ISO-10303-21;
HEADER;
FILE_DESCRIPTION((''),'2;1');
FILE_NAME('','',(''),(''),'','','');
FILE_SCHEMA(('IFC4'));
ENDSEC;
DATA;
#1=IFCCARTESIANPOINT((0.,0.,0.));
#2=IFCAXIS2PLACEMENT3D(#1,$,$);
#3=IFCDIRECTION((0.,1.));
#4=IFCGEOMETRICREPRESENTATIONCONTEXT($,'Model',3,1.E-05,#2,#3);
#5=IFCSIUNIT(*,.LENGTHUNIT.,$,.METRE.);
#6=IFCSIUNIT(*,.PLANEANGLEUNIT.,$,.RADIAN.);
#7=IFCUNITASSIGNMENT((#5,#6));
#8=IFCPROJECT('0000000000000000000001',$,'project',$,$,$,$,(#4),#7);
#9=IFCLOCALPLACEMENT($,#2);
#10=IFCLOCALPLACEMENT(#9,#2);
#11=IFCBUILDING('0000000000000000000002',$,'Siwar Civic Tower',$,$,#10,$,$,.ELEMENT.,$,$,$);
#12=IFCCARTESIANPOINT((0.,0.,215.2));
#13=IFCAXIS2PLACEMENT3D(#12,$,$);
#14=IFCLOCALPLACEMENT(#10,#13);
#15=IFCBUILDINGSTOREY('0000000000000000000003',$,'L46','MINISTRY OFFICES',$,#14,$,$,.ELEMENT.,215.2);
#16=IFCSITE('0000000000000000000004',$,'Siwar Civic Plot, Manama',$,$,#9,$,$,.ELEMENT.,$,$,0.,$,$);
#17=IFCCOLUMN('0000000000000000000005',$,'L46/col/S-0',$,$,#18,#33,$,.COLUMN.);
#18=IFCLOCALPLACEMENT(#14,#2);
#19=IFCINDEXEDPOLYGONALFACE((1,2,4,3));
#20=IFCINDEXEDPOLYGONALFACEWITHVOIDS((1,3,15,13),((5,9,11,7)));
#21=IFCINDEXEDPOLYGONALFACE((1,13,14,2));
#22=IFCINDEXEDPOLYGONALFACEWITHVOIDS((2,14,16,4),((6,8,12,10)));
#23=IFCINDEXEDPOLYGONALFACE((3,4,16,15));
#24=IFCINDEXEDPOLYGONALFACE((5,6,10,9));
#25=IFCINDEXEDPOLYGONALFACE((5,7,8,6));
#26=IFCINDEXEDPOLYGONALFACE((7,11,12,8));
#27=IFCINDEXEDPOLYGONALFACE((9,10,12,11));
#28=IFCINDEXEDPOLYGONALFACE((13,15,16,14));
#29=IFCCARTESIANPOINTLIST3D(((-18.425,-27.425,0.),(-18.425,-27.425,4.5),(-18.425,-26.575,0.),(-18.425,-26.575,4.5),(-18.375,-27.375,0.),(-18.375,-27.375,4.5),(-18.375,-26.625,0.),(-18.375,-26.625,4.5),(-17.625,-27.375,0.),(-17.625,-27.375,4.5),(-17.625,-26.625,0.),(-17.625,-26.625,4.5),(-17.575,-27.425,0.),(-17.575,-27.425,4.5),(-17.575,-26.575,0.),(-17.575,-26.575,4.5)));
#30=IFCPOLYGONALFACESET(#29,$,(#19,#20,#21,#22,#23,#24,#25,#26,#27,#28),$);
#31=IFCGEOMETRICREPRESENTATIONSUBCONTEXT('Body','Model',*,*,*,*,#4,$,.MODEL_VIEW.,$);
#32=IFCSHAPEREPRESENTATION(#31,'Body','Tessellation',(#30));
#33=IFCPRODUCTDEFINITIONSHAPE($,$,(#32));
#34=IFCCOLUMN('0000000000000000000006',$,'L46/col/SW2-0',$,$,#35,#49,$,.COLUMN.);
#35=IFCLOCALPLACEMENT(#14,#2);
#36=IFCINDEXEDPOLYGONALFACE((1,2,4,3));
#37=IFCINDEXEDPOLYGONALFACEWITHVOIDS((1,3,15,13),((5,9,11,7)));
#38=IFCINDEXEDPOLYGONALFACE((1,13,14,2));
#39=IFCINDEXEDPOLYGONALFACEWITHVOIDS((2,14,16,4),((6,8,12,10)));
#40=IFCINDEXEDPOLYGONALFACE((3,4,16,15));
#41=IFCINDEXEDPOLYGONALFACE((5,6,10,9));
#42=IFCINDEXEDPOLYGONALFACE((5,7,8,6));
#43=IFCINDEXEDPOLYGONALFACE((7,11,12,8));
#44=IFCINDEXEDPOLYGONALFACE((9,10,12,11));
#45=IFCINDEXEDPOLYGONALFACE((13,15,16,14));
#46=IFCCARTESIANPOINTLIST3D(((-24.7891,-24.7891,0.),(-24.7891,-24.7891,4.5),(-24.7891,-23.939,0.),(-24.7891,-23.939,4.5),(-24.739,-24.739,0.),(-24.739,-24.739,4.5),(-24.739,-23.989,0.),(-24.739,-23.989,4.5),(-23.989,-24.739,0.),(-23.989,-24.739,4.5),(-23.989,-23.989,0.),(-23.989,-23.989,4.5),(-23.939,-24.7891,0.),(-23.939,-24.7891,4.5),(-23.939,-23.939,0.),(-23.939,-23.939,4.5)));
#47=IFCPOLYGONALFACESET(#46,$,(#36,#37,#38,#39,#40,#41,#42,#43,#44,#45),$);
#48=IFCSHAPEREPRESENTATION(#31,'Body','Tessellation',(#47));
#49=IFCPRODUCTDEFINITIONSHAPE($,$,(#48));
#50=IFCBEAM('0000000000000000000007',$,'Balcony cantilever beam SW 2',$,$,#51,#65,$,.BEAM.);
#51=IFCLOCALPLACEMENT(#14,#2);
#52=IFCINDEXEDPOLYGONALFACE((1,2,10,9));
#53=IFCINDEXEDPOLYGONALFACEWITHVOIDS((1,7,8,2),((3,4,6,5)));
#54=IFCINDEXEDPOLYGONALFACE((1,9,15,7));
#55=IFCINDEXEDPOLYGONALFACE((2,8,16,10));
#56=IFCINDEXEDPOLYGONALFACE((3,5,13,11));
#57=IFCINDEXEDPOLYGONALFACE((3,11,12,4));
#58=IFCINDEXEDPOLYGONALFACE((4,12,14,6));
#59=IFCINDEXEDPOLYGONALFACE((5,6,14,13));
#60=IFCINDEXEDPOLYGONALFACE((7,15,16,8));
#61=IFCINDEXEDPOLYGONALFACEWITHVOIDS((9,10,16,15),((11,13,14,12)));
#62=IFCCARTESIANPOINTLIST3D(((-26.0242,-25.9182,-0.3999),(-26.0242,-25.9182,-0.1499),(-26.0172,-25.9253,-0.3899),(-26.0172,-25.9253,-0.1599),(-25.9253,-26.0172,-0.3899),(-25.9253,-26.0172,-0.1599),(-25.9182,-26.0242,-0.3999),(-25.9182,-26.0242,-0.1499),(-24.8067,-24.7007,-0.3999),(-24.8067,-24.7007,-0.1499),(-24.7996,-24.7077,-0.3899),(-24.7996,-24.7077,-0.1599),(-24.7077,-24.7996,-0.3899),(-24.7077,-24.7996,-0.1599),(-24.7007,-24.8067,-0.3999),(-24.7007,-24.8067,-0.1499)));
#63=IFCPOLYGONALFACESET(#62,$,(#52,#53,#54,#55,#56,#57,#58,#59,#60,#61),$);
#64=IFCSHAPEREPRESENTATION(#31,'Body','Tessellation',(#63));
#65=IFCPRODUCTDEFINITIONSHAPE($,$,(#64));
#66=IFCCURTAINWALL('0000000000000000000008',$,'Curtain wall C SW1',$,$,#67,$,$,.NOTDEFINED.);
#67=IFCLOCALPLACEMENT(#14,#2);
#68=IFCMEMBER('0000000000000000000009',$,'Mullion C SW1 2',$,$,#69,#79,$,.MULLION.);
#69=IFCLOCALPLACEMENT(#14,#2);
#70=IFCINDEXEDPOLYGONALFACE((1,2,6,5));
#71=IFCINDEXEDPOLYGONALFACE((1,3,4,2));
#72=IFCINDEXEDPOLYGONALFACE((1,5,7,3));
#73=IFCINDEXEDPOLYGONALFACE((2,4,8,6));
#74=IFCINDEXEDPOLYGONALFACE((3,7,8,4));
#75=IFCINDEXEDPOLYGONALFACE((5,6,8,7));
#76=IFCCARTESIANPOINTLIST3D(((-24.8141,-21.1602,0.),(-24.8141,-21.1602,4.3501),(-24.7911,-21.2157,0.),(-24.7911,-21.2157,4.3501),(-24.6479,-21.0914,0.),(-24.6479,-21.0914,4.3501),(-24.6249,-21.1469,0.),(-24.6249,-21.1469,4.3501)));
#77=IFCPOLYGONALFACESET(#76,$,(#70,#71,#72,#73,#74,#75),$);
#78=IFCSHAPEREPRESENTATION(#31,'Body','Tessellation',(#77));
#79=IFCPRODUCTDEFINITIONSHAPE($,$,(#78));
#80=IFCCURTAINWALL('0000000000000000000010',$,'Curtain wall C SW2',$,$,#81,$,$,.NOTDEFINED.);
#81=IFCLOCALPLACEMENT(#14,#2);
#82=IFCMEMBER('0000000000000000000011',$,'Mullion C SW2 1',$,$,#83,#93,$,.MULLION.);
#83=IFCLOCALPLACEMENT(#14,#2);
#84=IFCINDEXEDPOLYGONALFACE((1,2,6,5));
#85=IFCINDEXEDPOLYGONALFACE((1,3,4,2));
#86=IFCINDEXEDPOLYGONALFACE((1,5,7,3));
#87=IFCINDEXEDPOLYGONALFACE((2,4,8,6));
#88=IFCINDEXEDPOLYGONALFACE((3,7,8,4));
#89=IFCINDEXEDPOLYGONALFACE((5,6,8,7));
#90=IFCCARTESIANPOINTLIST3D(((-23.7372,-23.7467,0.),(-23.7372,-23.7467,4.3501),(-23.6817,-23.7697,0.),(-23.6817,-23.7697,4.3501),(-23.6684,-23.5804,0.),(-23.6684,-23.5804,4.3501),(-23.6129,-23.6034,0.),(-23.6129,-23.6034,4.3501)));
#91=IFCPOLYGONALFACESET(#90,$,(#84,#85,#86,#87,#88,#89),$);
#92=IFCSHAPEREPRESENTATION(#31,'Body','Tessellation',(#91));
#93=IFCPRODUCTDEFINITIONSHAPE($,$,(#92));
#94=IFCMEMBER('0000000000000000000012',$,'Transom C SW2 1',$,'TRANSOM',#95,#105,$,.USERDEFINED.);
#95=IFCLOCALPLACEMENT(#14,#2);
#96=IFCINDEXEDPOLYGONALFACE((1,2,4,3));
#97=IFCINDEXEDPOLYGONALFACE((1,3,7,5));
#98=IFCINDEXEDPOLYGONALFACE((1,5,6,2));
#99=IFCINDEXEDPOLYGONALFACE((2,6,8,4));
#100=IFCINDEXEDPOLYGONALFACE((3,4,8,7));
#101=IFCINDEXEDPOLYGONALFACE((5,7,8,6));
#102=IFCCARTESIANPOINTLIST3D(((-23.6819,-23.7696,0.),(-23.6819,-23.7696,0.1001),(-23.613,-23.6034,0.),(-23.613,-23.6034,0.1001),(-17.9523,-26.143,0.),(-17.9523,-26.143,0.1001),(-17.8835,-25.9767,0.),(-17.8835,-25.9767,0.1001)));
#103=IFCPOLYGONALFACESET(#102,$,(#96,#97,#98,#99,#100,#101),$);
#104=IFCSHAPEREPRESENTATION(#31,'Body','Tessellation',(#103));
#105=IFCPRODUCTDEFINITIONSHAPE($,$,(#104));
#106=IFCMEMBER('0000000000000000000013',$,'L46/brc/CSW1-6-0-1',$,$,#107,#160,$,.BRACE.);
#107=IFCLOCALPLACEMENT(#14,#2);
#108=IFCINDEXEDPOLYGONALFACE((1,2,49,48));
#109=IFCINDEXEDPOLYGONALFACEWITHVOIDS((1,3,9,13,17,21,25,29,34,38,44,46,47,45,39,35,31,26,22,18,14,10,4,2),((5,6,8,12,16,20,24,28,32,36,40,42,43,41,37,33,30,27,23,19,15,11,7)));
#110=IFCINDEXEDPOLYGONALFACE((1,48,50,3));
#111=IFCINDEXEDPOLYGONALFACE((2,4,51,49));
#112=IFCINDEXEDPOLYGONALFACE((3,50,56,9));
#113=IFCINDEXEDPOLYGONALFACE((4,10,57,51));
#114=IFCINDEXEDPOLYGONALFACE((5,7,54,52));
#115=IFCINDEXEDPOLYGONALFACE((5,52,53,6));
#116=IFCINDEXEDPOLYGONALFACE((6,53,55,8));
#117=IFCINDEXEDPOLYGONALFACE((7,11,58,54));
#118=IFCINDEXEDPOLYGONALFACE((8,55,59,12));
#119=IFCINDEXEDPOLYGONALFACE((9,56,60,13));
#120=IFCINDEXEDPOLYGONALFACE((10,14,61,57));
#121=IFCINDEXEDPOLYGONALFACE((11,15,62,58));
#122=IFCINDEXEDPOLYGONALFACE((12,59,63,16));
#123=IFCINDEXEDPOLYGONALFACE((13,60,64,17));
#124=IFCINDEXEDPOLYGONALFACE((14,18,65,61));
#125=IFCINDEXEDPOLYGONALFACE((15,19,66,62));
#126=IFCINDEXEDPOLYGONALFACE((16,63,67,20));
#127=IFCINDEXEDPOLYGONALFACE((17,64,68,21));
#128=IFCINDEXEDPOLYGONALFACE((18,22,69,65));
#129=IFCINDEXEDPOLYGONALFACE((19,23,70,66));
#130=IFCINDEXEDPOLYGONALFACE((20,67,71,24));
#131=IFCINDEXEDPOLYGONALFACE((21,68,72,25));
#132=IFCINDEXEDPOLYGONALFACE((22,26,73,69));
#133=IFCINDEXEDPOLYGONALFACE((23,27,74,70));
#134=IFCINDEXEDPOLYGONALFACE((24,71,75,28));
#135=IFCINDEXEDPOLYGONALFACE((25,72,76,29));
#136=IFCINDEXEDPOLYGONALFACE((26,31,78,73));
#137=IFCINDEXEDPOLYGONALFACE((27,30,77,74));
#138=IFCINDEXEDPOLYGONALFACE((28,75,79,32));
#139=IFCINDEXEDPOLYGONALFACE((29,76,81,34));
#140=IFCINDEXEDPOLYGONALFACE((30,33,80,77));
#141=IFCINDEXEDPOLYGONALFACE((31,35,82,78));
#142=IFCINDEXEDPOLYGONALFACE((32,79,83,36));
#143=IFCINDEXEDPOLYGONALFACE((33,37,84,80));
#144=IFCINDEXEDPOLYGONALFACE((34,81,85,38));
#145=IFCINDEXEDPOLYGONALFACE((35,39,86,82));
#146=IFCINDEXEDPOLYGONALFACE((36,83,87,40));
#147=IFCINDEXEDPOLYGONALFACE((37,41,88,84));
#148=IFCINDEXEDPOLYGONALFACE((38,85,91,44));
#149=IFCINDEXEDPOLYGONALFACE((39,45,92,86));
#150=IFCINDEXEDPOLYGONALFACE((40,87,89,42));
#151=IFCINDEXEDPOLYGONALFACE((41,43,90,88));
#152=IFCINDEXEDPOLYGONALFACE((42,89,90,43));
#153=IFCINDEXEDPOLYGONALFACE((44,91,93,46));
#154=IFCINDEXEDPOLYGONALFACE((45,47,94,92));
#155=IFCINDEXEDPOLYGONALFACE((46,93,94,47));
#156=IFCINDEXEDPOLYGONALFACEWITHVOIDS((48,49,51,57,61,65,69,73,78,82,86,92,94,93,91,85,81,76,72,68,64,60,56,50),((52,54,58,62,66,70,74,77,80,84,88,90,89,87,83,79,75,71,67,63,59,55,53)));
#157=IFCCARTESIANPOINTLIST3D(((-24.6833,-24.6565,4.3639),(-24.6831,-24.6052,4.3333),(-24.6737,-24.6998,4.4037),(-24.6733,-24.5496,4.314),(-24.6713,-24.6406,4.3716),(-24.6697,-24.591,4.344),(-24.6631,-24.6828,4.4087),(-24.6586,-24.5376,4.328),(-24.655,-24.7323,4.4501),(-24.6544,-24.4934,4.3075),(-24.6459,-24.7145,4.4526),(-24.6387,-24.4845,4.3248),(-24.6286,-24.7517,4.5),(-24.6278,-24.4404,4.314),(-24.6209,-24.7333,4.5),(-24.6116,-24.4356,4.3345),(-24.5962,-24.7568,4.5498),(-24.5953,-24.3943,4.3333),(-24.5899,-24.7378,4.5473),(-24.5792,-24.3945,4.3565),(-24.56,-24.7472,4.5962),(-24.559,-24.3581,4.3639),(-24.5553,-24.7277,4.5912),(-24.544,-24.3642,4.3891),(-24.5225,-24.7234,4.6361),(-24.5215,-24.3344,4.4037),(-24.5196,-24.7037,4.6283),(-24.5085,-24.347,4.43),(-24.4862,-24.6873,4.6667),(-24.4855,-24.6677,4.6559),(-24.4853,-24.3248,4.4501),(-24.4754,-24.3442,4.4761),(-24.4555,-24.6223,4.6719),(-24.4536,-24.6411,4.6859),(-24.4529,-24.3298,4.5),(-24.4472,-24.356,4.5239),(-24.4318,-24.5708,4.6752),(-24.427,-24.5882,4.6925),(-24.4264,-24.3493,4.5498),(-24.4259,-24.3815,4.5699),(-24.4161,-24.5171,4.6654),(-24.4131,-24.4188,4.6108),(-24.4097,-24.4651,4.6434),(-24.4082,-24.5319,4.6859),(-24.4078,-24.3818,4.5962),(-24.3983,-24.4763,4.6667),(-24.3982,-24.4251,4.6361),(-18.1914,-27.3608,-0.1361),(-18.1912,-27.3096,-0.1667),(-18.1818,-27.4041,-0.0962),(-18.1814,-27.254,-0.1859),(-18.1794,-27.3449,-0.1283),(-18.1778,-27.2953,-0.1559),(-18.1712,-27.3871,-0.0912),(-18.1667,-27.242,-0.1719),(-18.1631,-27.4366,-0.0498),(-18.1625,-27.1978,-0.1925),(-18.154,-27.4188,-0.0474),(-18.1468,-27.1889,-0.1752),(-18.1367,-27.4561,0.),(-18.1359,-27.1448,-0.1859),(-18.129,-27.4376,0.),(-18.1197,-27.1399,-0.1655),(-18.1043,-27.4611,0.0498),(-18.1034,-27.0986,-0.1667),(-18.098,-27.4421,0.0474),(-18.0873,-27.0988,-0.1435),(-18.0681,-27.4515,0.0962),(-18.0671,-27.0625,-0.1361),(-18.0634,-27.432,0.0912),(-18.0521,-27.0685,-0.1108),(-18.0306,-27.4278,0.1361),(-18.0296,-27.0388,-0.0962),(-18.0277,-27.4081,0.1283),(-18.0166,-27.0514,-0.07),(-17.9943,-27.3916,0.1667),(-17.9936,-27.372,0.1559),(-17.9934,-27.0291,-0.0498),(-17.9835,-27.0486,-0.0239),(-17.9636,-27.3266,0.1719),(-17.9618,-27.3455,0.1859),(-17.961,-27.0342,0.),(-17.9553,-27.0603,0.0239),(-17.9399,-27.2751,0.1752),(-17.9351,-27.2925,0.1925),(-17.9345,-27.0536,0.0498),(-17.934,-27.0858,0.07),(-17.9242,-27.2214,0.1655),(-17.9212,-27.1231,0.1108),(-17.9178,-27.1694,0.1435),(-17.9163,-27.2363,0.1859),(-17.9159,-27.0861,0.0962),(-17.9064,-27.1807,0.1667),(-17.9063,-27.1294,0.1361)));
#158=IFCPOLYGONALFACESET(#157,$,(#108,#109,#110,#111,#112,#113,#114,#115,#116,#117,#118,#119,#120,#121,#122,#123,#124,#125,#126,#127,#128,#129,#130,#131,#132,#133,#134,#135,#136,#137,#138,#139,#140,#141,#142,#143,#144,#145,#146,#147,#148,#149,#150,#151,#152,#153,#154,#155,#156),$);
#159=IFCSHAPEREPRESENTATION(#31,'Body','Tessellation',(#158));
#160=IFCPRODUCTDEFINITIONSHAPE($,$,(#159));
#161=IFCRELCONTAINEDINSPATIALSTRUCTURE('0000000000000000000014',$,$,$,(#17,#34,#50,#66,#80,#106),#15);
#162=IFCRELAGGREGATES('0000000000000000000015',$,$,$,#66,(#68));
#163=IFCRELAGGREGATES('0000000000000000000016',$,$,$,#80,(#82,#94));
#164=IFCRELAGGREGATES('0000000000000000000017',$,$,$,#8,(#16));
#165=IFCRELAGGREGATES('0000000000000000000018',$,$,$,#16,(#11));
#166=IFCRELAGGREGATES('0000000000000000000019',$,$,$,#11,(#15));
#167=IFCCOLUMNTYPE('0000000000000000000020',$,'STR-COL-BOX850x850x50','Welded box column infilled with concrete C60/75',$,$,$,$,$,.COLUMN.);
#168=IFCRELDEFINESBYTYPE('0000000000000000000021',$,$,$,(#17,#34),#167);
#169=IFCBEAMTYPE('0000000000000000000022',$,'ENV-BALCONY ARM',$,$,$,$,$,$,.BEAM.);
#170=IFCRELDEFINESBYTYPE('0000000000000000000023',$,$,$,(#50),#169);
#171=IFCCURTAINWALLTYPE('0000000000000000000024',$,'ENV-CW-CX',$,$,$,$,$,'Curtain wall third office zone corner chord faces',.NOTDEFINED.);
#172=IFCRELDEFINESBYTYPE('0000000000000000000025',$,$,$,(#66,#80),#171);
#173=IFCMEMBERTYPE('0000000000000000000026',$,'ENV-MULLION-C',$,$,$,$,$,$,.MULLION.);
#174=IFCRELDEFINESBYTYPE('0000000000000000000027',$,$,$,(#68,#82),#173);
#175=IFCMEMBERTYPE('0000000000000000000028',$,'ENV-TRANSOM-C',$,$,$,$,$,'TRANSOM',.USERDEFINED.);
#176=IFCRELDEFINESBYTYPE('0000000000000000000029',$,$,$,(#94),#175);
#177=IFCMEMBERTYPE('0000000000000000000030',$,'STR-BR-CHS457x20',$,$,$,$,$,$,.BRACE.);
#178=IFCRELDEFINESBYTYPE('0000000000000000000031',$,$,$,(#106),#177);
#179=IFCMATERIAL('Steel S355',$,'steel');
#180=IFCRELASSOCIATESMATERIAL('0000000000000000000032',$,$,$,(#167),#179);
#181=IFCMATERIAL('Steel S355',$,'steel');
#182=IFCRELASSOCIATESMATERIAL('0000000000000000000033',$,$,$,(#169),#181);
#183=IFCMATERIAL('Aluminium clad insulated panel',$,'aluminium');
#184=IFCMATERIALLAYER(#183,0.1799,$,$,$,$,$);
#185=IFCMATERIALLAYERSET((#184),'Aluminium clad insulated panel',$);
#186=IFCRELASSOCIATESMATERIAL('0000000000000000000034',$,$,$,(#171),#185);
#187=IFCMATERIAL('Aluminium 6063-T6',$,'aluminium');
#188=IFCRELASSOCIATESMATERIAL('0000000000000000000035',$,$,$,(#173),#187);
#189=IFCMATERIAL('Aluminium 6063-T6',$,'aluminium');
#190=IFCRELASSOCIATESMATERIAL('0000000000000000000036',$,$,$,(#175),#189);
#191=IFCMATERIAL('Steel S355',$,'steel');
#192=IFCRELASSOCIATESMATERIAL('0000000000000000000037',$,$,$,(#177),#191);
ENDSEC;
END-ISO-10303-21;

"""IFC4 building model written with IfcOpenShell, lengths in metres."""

from ifc_helpers import new_model, si_unit, direction, frame, origin, origin_2d, place, context, subcontext, project, spatial, rectangle, hollow_rectangle, hollow_circle, extrude, material, layer, layer_set, material_profile, profile_set, type_object, element, aggregate, save


model = new_model("IFC4")

# Units and contexts
model_context = context("Model", 3, precision=1e-05, world=origin(), true_north=direction((0.0, 1.0)))
body_context = subcontext(model_context, "Body", "Model", "MODEL_VIEW")
ifc_project = project(units=[si_unit("LENGTHUNIT", "METRE"), si_unit("PLANEANGLEUNIT", "RADIAN")], contexts=[model_context])

# Site, building, storey
site_placement = place(None, origin())
site = spatial("IfcSite", under=ifc_project, at=site_placement, Name="Siwar Civic Plot, Manama", CompositionType="ELEMENT", RefElevation=0.0)
building_placement = place(site_placement, origin())
building = spatial("IfcBuilding", under=site, at=building_placement, Name="Siwar Civic Tower", CompositionType="ELEMENT")
storey_placement = place(building_placement, frame((0.0, 0.0, 215.2)))
storey = spatial("IfcBuildingStorey", under=building, at=storey_placement, Name="L46", Description="MINISTRY OFFICES", CompositionType="ELEMENT", Elevation=215.2)

# Columns
ifc_material_1 = material(Name="Steel S355", Category="steel")
ifc_material_profile_1 = material_profile(ifc_material_1, hollow_rectangle(XDim=0.8501, YDim=0.8501, WallThickness=0.05, at=origin_2d()), Name="BOX850x850x50")
ifc_profile_set_1 = profile_set([ifc_material_profile_1], Name="Steel S355")
column_type = type_object("IfcColumnType", Name="STR-COL-BOX850x850x50", Description="Welded box column infilled with concrete C60/75", PredefinedType="COLUMN", material=ifc_profile_set_1)
for number, where, z_axis, x_axis, name in (
    (1, (-18.0, -27.0, 0.0), (0.0, 0.0, 1.0), (1.0, 0.0, 0.0), "L46/col/S-0"),
    (2, (-24.364, -24.364, 0.0), (0.0, 0.0, 1.0), (1.0, 0.0, 0.0), "L46/col/SW2-0"),
):
    element("IfcColumn", number, at=place(storey_placement, frame(where, z_axis=z_axis, x_axis=x_axis)), inside=storey, type_object=column_type, Name=name, PredefinedType="COLUMN", context=body_context, shape_type="SweptSolid", body=[
        extrude(hollow_rectangle(XDim=0.8501, YDim=0.8501, WallThickness=0.05, at=origin_2d()), origin(), (0.0, 0.0, 1.0), 4.5),
    ])

# Beam
ifc_material_2 = material(Name="Steel S355", Category="steel")
ifc_material_profile_2 = material_profile(ifc_material_2, hollow_rectangle(XDim=0.1499, YDim=0.25, WallThickness=0.01, at=origin_2d()), Name="RHS250x150x10")
ifc_profile_set_2 = profile_set([ifc_material_profile_2], Name="Steel S355")
beam_type_1 = type_object("IfcBeamType", Name="ENV-BALCONY ARM", PredefinedType="BEAM", material=ifc_profile_set_2)
beam_1_placement = place(storey_placement, frame((-24.7537, -24.7537, -0.2749), z_axis=(-0.707107, -0.707107, 0.0), x_axis=(0.707107, -0.707107, 0.0)))
element("IfcBeam", 3, at=beam_1_placement, inside=storey, type_object=beam_type_1, Name="Balcony cantilever beam SW 2", PredefinedType="BEAM", context=body_context, shape_type="SweptSolid", body=[
    extrude(hollow_rectangle(XDim=0.1499, YDim=0.25, WallThickness=0.01, at=origin_2d()), origin(), (0.0, 0.0, 1.0), 1.7219),
])

# Curtain wall, member
ifc_material_3 = material(Name="Aluminium clad insulated panel", Category="aluminium")
ifc_layer_1 = layer(ifc_material_3, 0.1799)
ifc_layer_set_1 = layer_set([ifc_layer_1], Name="Aluminium clad insulated panel")
curtain_wall_type = type_object("IfcCurtainWallType", Name="ENV-CW-CX", ElementType="Curtain wall third office zone corner chord faces", PredefinedType="NOTDEFINED", material=ifc_layer_set_1)
curtain_wall_1_placement = place(storey_placement, origin())
curtain_wall_1 = element("IfcCurtainWall", 4, at=curtain_wall_1_placement, inside=storey, type_object=curtain_wall_type, Name="Curtain wall C SW1", PredefinedType="NOTDEFINED")
ifc_material_4 = material(Name="Aluminium 6063-T6", Category="aluminium")
ifc_material_profile_3 = material_profile(ifc_material_4, rectangle(XDim=0.1799, YDim=0.0601, at=origin_2d()), Name="AL 180x60")
ifc_profile_set_3 = profile_set([ifc_material_profile_3], Name="Aluminium 6063-T6")
member_type_1 = type_object("IfcMemberType", Name="ENV-MULLION-C", PredefinedType="MULLION", material=ifc_profile_set_3)
member_1_placement = place(storey_placement, frame((-24.7195, -21.1536, 0.0), z_axis=(0.0, 0.0, 1.0), x_axis=(0.92388, 0.382683, 0.0)))
member_1 = element("IfcMember", 5, at=member_1_placement, type_object=member_type_1, Name="Mullion C SW1 2", PredefinedType="MULLION", context=body_context, shape_type="SweptSolid", body=[
    extrude(rectangle(XDim=0.1799, YDim=0.0601, at=origin_2d()), origin(), (0.0, 0.0, 1.0), 4.3501),
])

# Curtain wall, members
curtain_wall_2_placement = place(storey_placement, origin())
curtain_wall_2 = element("IfcCurtainWall", 6, at=curtain_wall_2_placement, inside=storey, type_object=curtain_wall_type, Name="Curtain wall C SW2", PredefinedType="NOTDEFINED")
member_2_placement = place(storey_placement, frame((-23.675, -23.675, 0.0), z_axis=(0.0, 0.0, 1.0), x_axis=(0.382683, 0.92388, 0.0)))
member_2 = element("IfcMember", 7, at=member_2_placement, type_object=member_type_1, Name="Mullion C SW2 1", PredefinedType="MULLION", context=body_context, shape_type="SweptSolid", body=[
    extrude(rectangle(XDim=0.1799, YDim=0.0601, at=origin_2d()), origin(), (0.0, 0.0, 1.0), 4.3501),
])
ifc_material_5 = material(Name="Aluminium 6063-T6", Category="aluminium")
ifc_material_profile_4 = material_profile(ifc_material_5, rectangle(XDim=0.1799, YDim=0.1001, at=origin_2d()), Name="AL 180x100")
ifc_profile_set_4 = profile_set([ifc_material_profile_4], Name="Aluminium 6063-T6")
member_type_2 = type_object("IfcMemberType", Name="ENV-TRANSOM-C", ElementType="TRANSOM", PredefinedType="USERDEFINED", material=ifc_profile_set_4)
member_3_placement = place(storey_placement, frame((-23.6475, -23.6865, 0.05), z_axis=(0.923876, -0.382691, 0.0), x_axis=(0.382691, 0.923876, 0.0)))
member_3 = element("IfcMember", 8, at=member_3_placement, type_object=member_type_2, Name="Transom C SW2 1", ObjectType="TRANSOM", PredefinedType="USERDEFINED", context=body_context, shape_type="SweptSolid", body=[
    extrude(rectangle(XDim=0.1799, YDim=0.1001, at=origin_2d()), origin(), (0.0, 0.0, 1.0), 6.2017),
])

# Member
ifc_material_6 = material(Name="Steel S355", Category="steel")
ifc_material_profile_5 = material_profile(ifc_material_6, hollow_circle(Radius=0.2285, WallThickness=0.02, at=origin_2d()), Name="CHS457x20")
ifc_profile_set_5 = profile_set([ifc_material_profile_5], Name="Steel S355")
member_type_3 = type_object("IfcMemberType", Name="STR-BR-CHS457x20", PredefinedType="BRACE", material=ifc_profile_set_5)
member_4_placement = place(storey_placement, frame((-18.0488, -27.2451, 0.0), z_axis=(-0.777555, 0.323906, 0.538975), x_axis=(-0.384539, -0.923109, 0.0)))
element("IfcMember", 9, at=member_4_placement, inside=storey, type_object=member_type_3, Name="L46/brc/CSW1-6-0-1", PredefinedType="BRACE", context=body_context, shape_type="SweptSolid", body=[
    extrude(hollow_circle(Radius=0.2285, WallThickness=0.02, at=origin_2d()), origin(), (0.0, 0.0, 1.0), 8.3491),
])

aggregate(curtain_wall_1, [member_1])
aggregate(curtain_wall_2, [member_2, member_3])

save(model, "model.ifc")
